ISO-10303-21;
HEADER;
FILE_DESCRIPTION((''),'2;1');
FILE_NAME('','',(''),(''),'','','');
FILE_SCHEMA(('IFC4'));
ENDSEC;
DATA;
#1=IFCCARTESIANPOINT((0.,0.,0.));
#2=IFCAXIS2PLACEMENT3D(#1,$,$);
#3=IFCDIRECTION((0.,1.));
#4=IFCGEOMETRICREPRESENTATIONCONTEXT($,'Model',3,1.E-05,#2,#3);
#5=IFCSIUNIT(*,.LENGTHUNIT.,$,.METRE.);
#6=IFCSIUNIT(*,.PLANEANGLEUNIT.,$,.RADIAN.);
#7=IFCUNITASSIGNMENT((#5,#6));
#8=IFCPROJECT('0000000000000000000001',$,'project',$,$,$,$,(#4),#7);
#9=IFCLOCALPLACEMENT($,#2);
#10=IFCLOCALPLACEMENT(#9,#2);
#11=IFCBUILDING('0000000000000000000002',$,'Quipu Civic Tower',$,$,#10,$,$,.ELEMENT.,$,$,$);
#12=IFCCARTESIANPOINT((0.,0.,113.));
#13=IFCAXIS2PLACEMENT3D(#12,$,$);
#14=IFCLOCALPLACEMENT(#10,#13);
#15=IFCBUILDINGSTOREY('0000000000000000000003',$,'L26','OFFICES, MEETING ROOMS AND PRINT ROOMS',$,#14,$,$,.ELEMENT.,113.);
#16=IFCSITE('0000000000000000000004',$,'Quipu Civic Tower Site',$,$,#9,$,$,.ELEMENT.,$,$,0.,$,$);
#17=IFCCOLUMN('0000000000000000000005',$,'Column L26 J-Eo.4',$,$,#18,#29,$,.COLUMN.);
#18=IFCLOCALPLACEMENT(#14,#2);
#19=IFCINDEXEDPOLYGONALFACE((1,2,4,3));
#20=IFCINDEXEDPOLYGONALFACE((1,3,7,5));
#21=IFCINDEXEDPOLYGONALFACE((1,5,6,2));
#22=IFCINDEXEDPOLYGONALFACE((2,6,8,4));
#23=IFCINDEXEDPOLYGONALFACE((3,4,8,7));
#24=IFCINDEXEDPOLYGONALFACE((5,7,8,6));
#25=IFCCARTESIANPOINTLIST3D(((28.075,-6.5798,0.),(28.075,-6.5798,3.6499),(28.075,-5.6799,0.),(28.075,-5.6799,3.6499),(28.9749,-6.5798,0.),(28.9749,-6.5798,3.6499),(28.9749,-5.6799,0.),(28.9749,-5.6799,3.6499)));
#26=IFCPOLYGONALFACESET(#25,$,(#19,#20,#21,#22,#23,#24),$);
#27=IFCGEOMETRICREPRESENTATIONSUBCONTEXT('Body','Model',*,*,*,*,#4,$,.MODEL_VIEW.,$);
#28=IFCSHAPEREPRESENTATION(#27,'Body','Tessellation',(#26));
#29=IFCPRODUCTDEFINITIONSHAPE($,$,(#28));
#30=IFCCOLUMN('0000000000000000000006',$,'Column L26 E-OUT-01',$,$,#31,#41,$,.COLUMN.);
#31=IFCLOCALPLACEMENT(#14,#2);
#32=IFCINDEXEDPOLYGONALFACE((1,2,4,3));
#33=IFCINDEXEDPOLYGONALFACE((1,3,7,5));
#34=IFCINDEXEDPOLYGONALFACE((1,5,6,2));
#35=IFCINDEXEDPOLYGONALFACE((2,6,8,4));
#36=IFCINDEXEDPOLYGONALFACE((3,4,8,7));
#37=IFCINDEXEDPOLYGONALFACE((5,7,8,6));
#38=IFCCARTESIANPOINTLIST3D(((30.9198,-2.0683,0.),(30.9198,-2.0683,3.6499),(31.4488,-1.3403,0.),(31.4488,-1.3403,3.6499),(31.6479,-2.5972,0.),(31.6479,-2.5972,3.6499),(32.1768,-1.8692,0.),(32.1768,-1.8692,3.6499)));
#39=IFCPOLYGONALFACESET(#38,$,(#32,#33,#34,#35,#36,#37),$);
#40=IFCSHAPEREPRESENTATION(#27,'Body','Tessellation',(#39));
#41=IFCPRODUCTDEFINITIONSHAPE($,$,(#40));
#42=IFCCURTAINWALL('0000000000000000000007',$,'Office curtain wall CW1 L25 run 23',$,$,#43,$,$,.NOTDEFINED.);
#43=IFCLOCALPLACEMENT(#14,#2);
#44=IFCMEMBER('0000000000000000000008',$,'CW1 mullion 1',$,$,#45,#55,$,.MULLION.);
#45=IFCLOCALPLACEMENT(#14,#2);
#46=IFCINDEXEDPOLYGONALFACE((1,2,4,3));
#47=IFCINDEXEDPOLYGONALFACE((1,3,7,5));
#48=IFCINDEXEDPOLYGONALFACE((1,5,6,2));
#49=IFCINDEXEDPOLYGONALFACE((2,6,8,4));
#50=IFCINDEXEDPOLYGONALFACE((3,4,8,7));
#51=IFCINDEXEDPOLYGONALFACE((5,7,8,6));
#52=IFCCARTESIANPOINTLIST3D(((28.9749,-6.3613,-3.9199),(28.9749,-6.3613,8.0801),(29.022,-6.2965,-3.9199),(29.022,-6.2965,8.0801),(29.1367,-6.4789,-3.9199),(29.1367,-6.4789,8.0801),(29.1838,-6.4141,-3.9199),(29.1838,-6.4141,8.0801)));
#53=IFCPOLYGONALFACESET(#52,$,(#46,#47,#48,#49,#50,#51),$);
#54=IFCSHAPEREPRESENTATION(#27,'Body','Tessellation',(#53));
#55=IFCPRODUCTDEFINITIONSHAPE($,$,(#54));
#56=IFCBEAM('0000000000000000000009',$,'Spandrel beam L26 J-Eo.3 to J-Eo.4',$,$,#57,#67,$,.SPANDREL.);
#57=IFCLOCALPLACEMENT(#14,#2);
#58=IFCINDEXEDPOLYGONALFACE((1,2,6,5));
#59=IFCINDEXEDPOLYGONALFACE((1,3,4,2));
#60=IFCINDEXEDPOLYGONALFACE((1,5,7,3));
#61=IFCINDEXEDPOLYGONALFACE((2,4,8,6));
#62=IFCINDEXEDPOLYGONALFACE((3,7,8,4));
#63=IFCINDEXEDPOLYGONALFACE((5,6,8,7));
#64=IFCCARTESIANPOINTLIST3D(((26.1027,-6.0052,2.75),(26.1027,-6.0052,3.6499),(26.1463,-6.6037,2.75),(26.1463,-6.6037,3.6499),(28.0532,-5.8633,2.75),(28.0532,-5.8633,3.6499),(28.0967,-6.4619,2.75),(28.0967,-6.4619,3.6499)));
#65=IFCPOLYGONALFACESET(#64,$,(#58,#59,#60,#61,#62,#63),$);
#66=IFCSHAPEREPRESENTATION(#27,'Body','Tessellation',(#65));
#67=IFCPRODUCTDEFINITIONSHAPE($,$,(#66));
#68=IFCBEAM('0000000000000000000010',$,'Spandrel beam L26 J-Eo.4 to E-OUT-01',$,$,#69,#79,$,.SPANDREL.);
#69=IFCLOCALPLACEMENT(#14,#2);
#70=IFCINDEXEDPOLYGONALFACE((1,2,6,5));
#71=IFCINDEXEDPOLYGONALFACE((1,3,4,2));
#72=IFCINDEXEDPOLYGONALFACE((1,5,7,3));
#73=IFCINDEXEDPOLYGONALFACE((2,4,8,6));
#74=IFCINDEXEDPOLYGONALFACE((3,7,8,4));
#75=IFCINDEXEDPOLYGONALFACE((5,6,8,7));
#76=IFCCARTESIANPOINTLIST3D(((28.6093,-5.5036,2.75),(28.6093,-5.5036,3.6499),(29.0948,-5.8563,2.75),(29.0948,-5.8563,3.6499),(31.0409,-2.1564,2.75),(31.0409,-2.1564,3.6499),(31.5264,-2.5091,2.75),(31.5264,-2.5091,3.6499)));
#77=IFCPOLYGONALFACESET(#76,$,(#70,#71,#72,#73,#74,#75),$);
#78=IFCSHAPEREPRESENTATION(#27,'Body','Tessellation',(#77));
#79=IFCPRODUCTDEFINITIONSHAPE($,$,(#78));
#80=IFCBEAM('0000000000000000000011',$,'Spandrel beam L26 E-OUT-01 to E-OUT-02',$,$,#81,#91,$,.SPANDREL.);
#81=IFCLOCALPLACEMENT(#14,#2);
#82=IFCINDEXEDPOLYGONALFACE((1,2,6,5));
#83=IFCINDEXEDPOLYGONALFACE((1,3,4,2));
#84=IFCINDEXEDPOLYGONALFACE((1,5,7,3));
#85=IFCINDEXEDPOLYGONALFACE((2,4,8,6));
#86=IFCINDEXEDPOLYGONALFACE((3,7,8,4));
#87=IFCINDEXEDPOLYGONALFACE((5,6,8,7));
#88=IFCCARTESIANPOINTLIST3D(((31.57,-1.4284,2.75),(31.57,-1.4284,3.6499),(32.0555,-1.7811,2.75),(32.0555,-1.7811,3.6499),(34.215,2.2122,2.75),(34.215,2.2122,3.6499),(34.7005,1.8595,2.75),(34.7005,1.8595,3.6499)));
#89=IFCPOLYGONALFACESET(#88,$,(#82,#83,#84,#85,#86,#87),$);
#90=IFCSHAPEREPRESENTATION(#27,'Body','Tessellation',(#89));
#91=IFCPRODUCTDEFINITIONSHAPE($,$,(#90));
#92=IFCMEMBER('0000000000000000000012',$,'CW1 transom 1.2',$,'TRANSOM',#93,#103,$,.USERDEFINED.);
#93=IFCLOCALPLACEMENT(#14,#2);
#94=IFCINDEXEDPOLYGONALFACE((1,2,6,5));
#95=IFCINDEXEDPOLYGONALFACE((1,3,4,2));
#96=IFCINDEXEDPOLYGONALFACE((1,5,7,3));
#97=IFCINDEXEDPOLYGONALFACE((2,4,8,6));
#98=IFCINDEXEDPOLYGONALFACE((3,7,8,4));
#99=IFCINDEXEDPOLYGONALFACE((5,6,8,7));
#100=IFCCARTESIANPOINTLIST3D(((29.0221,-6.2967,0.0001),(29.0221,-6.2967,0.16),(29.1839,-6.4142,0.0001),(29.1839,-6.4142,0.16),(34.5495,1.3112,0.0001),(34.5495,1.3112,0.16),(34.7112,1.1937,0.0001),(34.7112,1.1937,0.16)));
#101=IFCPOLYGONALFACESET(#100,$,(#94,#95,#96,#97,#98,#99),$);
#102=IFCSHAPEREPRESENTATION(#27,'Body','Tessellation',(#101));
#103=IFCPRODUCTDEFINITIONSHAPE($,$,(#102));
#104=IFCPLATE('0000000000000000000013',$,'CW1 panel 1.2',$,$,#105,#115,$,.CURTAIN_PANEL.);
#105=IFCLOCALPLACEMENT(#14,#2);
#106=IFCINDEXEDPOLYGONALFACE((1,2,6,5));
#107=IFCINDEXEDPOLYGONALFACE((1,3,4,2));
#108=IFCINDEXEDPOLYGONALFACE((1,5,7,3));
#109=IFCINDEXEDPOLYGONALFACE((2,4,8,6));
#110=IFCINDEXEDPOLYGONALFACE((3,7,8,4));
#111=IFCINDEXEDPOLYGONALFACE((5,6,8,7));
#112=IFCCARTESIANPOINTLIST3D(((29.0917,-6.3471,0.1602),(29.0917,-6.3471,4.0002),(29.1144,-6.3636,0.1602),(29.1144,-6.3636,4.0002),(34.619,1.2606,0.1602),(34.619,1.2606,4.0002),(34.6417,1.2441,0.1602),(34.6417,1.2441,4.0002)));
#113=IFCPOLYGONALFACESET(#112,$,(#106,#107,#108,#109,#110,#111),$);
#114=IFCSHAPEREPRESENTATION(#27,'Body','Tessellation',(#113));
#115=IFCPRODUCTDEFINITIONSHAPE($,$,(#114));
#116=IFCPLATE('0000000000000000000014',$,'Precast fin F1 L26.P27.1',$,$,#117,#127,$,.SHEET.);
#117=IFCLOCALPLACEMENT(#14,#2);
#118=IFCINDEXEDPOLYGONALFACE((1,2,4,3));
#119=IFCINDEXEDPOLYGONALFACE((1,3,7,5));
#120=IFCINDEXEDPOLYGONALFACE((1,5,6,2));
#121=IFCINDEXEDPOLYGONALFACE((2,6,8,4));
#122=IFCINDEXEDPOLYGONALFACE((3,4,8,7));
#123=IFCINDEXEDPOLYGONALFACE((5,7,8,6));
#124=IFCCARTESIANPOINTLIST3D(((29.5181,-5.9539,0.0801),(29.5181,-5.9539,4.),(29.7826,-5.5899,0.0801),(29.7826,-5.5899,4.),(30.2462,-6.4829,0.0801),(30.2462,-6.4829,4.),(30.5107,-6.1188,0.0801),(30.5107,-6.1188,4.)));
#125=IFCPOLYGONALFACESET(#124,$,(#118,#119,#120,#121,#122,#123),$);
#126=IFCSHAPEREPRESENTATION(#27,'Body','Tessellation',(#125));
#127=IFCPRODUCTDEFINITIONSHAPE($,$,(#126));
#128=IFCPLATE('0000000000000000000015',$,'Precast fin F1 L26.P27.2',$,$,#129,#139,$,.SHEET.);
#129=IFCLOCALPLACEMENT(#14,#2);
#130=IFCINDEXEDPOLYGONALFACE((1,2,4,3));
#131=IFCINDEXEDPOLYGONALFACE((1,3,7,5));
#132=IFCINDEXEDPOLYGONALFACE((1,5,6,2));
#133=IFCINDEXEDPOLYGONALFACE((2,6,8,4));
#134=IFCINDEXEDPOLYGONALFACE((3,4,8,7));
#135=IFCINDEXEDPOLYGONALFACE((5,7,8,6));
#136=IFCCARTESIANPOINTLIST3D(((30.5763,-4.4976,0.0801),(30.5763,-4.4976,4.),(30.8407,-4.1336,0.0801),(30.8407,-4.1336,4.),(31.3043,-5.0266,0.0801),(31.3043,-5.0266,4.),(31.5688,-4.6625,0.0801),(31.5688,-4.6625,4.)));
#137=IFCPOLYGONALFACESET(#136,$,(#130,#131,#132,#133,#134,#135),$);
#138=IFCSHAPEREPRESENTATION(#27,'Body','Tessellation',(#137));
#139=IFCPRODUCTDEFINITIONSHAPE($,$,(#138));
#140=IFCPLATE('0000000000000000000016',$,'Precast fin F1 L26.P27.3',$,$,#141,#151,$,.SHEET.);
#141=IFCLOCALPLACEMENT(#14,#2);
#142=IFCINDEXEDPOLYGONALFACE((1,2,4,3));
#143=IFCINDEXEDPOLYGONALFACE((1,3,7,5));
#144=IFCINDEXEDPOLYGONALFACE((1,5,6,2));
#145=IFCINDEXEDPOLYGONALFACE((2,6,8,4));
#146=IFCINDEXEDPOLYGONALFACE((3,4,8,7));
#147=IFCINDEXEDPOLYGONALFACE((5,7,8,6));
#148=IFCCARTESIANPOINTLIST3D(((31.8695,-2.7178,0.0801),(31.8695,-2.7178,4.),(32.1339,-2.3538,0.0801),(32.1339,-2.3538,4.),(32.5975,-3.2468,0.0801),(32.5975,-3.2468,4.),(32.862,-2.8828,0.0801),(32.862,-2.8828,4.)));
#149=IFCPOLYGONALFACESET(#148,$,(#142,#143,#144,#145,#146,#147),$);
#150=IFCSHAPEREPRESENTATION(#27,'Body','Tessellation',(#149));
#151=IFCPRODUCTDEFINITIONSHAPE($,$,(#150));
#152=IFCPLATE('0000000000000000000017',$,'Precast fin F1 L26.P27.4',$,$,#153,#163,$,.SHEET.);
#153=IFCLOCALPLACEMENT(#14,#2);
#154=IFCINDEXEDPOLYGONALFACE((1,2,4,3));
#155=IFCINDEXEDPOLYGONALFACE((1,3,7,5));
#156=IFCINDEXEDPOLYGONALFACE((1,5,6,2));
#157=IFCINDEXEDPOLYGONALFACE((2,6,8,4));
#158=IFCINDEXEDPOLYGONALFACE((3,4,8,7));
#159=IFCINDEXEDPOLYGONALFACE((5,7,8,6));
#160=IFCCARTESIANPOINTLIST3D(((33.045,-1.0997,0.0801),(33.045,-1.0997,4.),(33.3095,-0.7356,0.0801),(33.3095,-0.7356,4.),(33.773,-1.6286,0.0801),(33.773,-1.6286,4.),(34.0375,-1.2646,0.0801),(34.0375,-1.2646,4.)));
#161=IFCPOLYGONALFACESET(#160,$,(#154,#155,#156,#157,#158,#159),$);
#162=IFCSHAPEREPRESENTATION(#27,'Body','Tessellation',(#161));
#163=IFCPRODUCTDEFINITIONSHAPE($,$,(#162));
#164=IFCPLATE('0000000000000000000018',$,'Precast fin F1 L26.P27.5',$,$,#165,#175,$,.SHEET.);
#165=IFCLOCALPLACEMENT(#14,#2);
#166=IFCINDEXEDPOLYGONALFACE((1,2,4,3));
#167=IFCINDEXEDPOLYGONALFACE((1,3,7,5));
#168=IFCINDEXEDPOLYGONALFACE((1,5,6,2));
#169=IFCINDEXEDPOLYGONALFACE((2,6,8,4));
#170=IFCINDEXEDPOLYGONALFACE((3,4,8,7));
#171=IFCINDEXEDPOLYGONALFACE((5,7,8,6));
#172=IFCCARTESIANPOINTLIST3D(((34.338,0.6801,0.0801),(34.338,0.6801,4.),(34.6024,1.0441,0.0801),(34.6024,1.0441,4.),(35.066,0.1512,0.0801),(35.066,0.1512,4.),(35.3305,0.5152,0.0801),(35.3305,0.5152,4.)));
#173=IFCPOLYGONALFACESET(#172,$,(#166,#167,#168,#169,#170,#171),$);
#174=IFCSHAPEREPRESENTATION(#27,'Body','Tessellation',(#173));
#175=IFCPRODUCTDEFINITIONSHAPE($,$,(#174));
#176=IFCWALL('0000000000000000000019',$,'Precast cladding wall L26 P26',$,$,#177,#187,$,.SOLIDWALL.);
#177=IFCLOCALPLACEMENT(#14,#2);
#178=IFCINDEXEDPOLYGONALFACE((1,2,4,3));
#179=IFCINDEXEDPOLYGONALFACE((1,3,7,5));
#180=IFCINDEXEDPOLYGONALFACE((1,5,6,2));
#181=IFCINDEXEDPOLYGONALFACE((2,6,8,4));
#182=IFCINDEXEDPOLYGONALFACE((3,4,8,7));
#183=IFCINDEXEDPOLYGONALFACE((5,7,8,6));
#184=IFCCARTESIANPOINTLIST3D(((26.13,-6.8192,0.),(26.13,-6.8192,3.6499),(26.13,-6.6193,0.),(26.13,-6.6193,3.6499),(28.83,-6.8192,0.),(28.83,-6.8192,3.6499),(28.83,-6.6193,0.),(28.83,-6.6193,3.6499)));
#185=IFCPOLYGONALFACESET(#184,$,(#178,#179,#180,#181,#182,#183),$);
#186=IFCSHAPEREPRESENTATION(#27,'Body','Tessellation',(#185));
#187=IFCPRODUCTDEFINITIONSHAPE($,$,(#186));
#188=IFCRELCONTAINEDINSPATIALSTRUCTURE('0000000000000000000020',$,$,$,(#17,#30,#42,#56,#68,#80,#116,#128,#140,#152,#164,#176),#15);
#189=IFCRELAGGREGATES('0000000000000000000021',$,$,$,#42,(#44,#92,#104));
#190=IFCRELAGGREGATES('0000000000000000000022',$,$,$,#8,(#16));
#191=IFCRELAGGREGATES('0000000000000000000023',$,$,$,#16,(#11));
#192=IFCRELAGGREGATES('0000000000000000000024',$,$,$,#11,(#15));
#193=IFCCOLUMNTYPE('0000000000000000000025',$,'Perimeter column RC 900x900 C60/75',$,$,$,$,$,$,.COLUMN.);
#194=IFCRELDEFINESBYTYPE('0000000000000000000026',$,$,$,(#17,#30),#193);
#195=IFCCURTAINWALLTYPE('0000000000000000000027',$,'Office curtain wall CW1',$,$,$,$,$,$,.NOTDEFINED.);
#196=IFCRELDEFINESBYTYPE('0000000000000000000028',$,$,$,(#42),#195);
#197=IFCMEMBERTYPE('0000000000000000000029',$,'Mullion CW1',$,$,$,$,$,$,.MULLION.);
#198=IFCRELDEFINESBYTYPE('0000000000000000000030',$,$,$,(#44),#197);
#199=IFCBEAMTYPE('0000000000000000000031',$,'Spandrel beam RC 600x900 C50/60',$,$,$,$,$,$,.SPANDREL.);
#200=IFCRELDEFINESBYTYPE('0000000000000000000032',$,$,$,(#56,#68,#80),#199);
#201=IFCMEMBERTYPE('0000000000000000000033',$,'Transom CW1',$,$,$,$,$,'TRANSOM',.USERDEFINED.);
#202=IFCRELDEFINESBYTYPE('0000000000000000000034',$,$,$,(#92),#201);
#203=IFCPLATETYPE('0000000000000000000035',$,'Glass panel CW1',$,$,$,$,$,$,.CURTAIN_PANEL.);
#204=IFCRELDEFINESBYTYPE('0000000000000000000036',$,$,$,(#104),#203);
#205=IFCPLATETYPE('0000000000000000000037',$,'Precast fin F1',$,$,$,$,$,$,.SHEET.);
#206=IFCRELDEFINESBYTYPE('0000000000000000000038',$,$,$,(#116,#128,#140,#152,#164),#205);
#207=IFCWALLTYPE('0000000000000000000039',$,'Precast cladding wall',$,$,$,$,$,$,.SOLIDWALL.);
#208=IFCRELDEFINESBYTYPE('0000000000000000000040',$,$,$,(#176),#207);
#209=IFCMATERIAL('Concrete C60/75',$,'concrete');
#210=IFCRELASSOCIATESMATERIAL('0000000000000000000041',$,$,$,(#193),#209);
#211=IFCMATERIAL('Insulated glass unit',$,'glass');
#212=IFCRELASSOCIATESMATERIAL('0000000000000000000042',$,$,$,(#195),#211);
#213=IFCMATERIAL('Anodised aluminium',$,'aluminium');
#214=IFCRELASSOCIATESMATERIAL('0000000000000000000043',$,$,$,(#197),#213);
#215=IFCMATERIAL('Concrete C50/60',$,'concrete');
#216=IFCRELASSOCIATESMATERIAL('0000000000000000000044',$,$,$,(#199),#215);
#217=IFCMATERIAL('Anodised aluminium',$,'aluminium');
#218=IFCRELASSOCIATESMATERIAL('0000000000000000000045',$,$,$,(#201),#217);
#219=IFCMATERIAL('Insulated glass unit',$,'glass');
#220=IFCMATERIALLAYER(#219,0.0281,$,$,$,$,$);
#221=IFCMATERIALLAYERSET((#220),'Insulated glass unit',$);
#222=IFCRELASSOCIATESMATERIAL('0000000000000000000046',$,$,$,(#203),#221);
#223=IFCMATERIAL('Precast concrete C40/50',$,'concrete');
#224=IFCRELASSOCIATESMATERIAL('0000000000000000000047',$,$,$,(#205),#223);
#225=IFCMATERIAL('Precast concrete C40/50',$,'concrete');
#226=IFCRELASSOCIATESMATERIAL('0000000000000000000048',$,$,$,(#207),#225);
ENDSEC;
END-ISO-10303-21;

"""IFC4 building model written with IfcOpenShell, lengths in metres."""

from ifc_helpers import new_model, si_unit, direction, frame, frame_2d, origin, origin_2d, place, context, subcontext, project, spatial, rectangle, extrude, material, layer, layer_set, material_profile, profile_set, type_object, element, aggregate, save


model = new_model("IFC4")

# Units and contexts
model_context = context("Model", 3, precision=1e-05, world=origin(), true_north=direction((0.0, 1.0)))
body_context = subcontext(model_context, "Body", "Model", "MODEL_VIEW")
ifc_project = project(units=[si_unit("LENGTHUNIT", "METRE"), si_unit("PLANEANGLEUNIT", "RADIAN")], contexts=[model_context])

# Site, building, storey
site_placement = place(None, origin())
site = spatial("IfcSite", under=ifc_project, at=site_placement, Name="Quipu Civic Tower Site", CompositionType="ELEMENT", RefElevation=0.0)
building_placement = place(site_placement, origin())
building = spatial("IfcBuilding", under=site, at=building_placement, Name="Quipu Civic Tower", CompositionType="ELEMENT")
storey_placement = place(building_placement, frame((0.0, 0.0, 113.0)))
storey = spatial("IfcBuildingStorey", under=building, at=storey_placement, Name="L26", Description="OFFICES, MEETING ROOMS AND PRINT ROOMS", CompositionType="ELEMENT", Elevation=113.0)

# Columns
ifc_material_1 = material(Name="Concrete C60/75", Category="concrete")
ifc_material_profile_1 = material_profile(ifc_material_1, rectangle(XDim=0.8999, YDim=0.8999, at=origin_2d()), Name="RC900x900")
ifc_profile_set_1 = profile_set([ifc_material_profile_1], Name="Concrete C60/75")
column_type = type_object("IfcColumnType", Name="Perimeter column RC 900x900 C60/75", PredefinedType="COLUMN", material=ifc_profile_set_1)
for number, where, z_axis, x_axis, name in (
    (1, (28.5249, -6.1299, 0.0), (0.0, 0.0, 1.0), (1.0, 0.0, 0.0), "Column L26 J-Eo.4"),
    (2, (31.5483, -1.9688, 0.0), (0.0, 0.0, 1.0), (0.587785, 0.809017, 0.0), "Column L26 E-OUT-01"),
):
    element("IfcColumn", number, at=place(storey_placement, frame(where, z_axis=z_axis, x_axis=x_axis)), inside=storey, type_object=column_type, Name=name, PredefinedType="COLUMN", context=body_context, shape_type="SweptSolid", body=[
        extrude(rectangle(XDim=0.8999, YDim=0.8999, at=origin_2d()), origin(), (0.0, 0.0, 1.0), 3.6499),
    ])

# Curtain wall, member
ifc_material_2 = material(Name="Insulated glass unit", Category="glass")
curtain_wall_type = type_object("IfcCurtainWallType", Name="Office curtain wall CW1", PredefinedType="NOTDEFINED", material=ifc_material_2)
curtain_wall_placement = place(storey_placement, origin())
curtain_wall = element("IfcCurtainWall", 3, at=curtain_wall_placement, inside=storey, type_object=curtain_wall_type, Name="Office curtain wall CW1 L25 run 23", PredefinedType="NOTDEFINED")
ifc_material_3 = material(Name="Anodised aluminium", Category="aluminium")
ifc_material_profile_2 = material_profile(ifc_material_3, rectangle(XDim=0.2, YDim=0.0801, at=origin_2d()), Name="RECT 200x80")
ifc_profile_set_2 = profile_set([ifc_material_profile_2], Name="Anodised aluminium")
member_type_1 = type_object("IfcMemberType", Name="Mullion CW1", PredefinedType="MULLION", material=ifc_profile_set_2)
member_1_placement = place(storey_placement, frame((29.0793, -6.3877, -3.9199), z_axis=(0.0, 0.0, 1.0), x_axis=(-0.809017, 0.587785, 0.0)))
member_1 = element("IfcMember", 4, at=member_1_placement, type_object=member_type_1, Name="CW1 mullion 1", PredefinedType="MULLION", context=body_context, shape_type="SweptSolid", body=[
    extrude(rectangle(XDim=0.2, YDim=0.0801, at=origin_2d()), origin(), (0.0, 0.0, 1.0), 12.0),
])

# Beams
ifc_material_4 = material(Name="Concrete C50/60", Category="concrete")
ifc_material_profile_3 = material_profile(ifc_material_4, rectangle(XDim=0.6001, YDim=0.8999, at=origin_2d()), Name="RC600x900")
ifc_profile_set_3 = profile_set([ifc_material_profile_3], Name="Concrete C50/60")
beam_type = type_object("IfcBeamType", Name="Spandrel beam RC 600x900 C50/60", PredefinedType="SPANDREL", material=ifc_profile_set_3)
beam_1_placement = place(storey_placement, frame((26.1245, -6.3044, 3.2), z_axis=(0.997366, 0.072533, 0.0), x_axis=(-0.072533, 0.997366, 0.0)))
element("IfcBeam", 5, at=beam_1_placement, inside=storey, type_object=beam_type, Name="Spandrel beam L26 J-Eo.3 to J-Eo.4", PredefinedType="SPANDREL", context=body_context, shape_type="SweptSolid", body=[
    extrude(rectangle(XDim=0.6001, YDim=0.8999, at=origin_2d()), origin(), (0.0, 0.0, 1.0), 1.9556),
])
beam_2_placement = place(storey_placement, frame((28.8521, -5.6799, 3.2), z_axis=(0.587751, 0.809042, 0.0), x_axis=(-0.809042, 0.587751, 0.0)))
element("IfcBeam", 6, at=beam_2_placement, inside=storey, type_object=beam_type, Name="Spandrel beam L26 J-Eo.4 to E-OUT-01", PredefinedType="SPANDREL", context=body_context, shape_type="SweptSolid", body=[
    extrude(rectangle(XDim=0.6001, YDim=0.8999, at=origin_2d()), origin(), (0.0, 0.0, 1.0), 4.1372),
])
beam_3_placement = place(storey_placement, frame((31.8127, -1.6047, 3.2), z_axis=(0.587778, 0.809022, 0.0), x_axis=(-0.809022, 0.587778, 0.0)))
element("IfcBeam", 7, at=beam_3_placement, inside=storey, type_object=beam_type, Name="Spandrel beam L26 E-OUT-01 to E-OUT-02", PredefinedType="SPANDREL", context=body_context, shape_type="SweptSolid", body=[
    extrude(rectangle(XDim=0.6001, YDim=0.8999, at=origin_2d()), origin(), (0.0, 0.0, 1.0), 4.5),
])

# Member
ifc_material_5 = material(Name="Anodised aluminium", Category="aluminium")
ifc_material_profile_4 = material_profile(ifc_material_5, rectangle(XDim=0.2, YDim=0.1599, at=origin_2d()), Name="RECT 200x160")
ifc_profile_set_4 = profile_set([ifc_material_profile_4], Name="Anodised aluminium")
member_type_2 = type_object("IfcMemberType", Name="Transom CW1", ElementType="TRANSOM", PredefinedType="USERDEFINED", material=ifc_profile_set_4)
member_2_placement = place(storey_placement, frame((29.103, -6.3555, 0.0801), z_axis=(0.587776, 0.809023, 0.0), x_axis=(-0.809023, 0.587776, 0.0)))
member_2 = element("IfcMember", 8, at=member_2_placement, type_object=member_type_2, Name="CW1 transom 1.2", ObjectType="TRANSOM", PredefinedType="USERDEFINED", context=body_context, shape_type="SweptSolid", body=[
    extrude(rectangle(XDim=0.2, YDim=0.1599, at=origin_2d()), origin(), (0.0, 0.0, 1.0), 9.4038),
])

# Plate
ifc_material_6 = material(Name="Insulated glass unit", Category="glass")
ifc_layer = layer(ifc_material_6, 0.0281)
ifc_layer_set = layer_set([ifc_layer], Name="Insulated glass unit")
plate_type_1 = type_object("IfcPlateType", Name="Glass panel CW1", PredefinedType="CURTAIN_PANEL", material=ifc_layer_set)
plate_placement = place(storey_placement, frame((31.8667, -2.5515, 0.1602), z_axis=(0.0, 0.0, 1.0), x_axis=(0.587785, 0.809017, 0.0)))
plate = element("IfcPlate", 9, at=plate_placement, type_object=plate_type_1, Name="CW1 panel 1.2", PredefinedType="CURTAIN_PANEL", context=body_context, shape_type="SweptSolid", body=[
    extrude(rectangle(XDim=9.4036, YDim=0.0281, at=origin_2d()), origin(), (0.0, 0.0, 1.0), 3.8401),
])
aggregate(curtain_wall, [member_1, member_2, plate])

# Plates
ifc_material_7 = material(Name="Precast concrete C40/50", Category="concrete")
plate_type_2 = type_object("IfcPlateType", Name="Precast fin F1", PredefinedType="SHEET", material=ifc_material_7)
for number, where, z_axis, x_axis, name in (
    (10, (30.0144, -6.0364, 0.0801), (0.0, 0.0, 1.0), (0.587786, 0.809017, 0.0), "Precast fin F1 L26.P27.1"),
    (11, (31.0725, -4.5801, 0.0801), (0.0, 0.0, 1.0), (0.587786, 0.809017, 0.0), "Precast fin F1 L26.P27.2"),
    (12, (32.3657, -2.8003, 0.0801), (0.0, 0.0, 1.0), (0.587786, 0.809017, 0.0), "Precast fin F1 L26.P27.3"),
    (13, (33.5413, -1.1821, 0.0801), (0.0, 0.0, 1.0), (0.587786, 0.809017, 0.0), "Precast fin F1 L26.P27.4"),
    (14, (34.8342, 0.5977, 0.0801), (0.0, 0.0, 1.0), (0.587786, 0.809017, 0.0), "Precast fin F1 L26.P27.5"),
):
    element("IfcPlate", number, at=place(storey_placement, frame(where, z_axis=z_axis, x_axis=x_axis)), inside=storey, type_object=plate_type_2, Name=name, PredefinedType="SHEET", context=body_context, shape_type="SweptSolid", body=[
        extrude(rectangle(XDim=0.45, YDim=0.8999, at=origin_2d()), origin(), (0.0, 0.0, 1.0), 3.9199),
    ])

# Wall
ifc_material_8 = material(Name="Precast concrete C40/50", Category="concrete")
wall_type = type_object("IfcWallType", Name="Precast cladding wall", PredefinedType="SOLIDWALL", material=ifc_material_8)
wall_placement = place(storey_placement, frame((26.1299, -6.7192, 0.0), z_axis=(0.0, 0.0, 1.0), x_axis=(1.0, 0.0, 0.0)))
element("IfcWall", 15, at=wall_placement, inside=storey, type_object=wall_type, Name="Precast cladding wall L26 P26", PredefinedType="SOLIDWALL", context=body_context, shape_type="SweptSolid", body=[
    extrude(rectangle(XDim=2.7, YDim=0.2, at=frame_2d((1.3501, 0.0))), origin(), (0.0, 0.0, 1.0), 3.6499),
])

save(model, "model.ifc")
